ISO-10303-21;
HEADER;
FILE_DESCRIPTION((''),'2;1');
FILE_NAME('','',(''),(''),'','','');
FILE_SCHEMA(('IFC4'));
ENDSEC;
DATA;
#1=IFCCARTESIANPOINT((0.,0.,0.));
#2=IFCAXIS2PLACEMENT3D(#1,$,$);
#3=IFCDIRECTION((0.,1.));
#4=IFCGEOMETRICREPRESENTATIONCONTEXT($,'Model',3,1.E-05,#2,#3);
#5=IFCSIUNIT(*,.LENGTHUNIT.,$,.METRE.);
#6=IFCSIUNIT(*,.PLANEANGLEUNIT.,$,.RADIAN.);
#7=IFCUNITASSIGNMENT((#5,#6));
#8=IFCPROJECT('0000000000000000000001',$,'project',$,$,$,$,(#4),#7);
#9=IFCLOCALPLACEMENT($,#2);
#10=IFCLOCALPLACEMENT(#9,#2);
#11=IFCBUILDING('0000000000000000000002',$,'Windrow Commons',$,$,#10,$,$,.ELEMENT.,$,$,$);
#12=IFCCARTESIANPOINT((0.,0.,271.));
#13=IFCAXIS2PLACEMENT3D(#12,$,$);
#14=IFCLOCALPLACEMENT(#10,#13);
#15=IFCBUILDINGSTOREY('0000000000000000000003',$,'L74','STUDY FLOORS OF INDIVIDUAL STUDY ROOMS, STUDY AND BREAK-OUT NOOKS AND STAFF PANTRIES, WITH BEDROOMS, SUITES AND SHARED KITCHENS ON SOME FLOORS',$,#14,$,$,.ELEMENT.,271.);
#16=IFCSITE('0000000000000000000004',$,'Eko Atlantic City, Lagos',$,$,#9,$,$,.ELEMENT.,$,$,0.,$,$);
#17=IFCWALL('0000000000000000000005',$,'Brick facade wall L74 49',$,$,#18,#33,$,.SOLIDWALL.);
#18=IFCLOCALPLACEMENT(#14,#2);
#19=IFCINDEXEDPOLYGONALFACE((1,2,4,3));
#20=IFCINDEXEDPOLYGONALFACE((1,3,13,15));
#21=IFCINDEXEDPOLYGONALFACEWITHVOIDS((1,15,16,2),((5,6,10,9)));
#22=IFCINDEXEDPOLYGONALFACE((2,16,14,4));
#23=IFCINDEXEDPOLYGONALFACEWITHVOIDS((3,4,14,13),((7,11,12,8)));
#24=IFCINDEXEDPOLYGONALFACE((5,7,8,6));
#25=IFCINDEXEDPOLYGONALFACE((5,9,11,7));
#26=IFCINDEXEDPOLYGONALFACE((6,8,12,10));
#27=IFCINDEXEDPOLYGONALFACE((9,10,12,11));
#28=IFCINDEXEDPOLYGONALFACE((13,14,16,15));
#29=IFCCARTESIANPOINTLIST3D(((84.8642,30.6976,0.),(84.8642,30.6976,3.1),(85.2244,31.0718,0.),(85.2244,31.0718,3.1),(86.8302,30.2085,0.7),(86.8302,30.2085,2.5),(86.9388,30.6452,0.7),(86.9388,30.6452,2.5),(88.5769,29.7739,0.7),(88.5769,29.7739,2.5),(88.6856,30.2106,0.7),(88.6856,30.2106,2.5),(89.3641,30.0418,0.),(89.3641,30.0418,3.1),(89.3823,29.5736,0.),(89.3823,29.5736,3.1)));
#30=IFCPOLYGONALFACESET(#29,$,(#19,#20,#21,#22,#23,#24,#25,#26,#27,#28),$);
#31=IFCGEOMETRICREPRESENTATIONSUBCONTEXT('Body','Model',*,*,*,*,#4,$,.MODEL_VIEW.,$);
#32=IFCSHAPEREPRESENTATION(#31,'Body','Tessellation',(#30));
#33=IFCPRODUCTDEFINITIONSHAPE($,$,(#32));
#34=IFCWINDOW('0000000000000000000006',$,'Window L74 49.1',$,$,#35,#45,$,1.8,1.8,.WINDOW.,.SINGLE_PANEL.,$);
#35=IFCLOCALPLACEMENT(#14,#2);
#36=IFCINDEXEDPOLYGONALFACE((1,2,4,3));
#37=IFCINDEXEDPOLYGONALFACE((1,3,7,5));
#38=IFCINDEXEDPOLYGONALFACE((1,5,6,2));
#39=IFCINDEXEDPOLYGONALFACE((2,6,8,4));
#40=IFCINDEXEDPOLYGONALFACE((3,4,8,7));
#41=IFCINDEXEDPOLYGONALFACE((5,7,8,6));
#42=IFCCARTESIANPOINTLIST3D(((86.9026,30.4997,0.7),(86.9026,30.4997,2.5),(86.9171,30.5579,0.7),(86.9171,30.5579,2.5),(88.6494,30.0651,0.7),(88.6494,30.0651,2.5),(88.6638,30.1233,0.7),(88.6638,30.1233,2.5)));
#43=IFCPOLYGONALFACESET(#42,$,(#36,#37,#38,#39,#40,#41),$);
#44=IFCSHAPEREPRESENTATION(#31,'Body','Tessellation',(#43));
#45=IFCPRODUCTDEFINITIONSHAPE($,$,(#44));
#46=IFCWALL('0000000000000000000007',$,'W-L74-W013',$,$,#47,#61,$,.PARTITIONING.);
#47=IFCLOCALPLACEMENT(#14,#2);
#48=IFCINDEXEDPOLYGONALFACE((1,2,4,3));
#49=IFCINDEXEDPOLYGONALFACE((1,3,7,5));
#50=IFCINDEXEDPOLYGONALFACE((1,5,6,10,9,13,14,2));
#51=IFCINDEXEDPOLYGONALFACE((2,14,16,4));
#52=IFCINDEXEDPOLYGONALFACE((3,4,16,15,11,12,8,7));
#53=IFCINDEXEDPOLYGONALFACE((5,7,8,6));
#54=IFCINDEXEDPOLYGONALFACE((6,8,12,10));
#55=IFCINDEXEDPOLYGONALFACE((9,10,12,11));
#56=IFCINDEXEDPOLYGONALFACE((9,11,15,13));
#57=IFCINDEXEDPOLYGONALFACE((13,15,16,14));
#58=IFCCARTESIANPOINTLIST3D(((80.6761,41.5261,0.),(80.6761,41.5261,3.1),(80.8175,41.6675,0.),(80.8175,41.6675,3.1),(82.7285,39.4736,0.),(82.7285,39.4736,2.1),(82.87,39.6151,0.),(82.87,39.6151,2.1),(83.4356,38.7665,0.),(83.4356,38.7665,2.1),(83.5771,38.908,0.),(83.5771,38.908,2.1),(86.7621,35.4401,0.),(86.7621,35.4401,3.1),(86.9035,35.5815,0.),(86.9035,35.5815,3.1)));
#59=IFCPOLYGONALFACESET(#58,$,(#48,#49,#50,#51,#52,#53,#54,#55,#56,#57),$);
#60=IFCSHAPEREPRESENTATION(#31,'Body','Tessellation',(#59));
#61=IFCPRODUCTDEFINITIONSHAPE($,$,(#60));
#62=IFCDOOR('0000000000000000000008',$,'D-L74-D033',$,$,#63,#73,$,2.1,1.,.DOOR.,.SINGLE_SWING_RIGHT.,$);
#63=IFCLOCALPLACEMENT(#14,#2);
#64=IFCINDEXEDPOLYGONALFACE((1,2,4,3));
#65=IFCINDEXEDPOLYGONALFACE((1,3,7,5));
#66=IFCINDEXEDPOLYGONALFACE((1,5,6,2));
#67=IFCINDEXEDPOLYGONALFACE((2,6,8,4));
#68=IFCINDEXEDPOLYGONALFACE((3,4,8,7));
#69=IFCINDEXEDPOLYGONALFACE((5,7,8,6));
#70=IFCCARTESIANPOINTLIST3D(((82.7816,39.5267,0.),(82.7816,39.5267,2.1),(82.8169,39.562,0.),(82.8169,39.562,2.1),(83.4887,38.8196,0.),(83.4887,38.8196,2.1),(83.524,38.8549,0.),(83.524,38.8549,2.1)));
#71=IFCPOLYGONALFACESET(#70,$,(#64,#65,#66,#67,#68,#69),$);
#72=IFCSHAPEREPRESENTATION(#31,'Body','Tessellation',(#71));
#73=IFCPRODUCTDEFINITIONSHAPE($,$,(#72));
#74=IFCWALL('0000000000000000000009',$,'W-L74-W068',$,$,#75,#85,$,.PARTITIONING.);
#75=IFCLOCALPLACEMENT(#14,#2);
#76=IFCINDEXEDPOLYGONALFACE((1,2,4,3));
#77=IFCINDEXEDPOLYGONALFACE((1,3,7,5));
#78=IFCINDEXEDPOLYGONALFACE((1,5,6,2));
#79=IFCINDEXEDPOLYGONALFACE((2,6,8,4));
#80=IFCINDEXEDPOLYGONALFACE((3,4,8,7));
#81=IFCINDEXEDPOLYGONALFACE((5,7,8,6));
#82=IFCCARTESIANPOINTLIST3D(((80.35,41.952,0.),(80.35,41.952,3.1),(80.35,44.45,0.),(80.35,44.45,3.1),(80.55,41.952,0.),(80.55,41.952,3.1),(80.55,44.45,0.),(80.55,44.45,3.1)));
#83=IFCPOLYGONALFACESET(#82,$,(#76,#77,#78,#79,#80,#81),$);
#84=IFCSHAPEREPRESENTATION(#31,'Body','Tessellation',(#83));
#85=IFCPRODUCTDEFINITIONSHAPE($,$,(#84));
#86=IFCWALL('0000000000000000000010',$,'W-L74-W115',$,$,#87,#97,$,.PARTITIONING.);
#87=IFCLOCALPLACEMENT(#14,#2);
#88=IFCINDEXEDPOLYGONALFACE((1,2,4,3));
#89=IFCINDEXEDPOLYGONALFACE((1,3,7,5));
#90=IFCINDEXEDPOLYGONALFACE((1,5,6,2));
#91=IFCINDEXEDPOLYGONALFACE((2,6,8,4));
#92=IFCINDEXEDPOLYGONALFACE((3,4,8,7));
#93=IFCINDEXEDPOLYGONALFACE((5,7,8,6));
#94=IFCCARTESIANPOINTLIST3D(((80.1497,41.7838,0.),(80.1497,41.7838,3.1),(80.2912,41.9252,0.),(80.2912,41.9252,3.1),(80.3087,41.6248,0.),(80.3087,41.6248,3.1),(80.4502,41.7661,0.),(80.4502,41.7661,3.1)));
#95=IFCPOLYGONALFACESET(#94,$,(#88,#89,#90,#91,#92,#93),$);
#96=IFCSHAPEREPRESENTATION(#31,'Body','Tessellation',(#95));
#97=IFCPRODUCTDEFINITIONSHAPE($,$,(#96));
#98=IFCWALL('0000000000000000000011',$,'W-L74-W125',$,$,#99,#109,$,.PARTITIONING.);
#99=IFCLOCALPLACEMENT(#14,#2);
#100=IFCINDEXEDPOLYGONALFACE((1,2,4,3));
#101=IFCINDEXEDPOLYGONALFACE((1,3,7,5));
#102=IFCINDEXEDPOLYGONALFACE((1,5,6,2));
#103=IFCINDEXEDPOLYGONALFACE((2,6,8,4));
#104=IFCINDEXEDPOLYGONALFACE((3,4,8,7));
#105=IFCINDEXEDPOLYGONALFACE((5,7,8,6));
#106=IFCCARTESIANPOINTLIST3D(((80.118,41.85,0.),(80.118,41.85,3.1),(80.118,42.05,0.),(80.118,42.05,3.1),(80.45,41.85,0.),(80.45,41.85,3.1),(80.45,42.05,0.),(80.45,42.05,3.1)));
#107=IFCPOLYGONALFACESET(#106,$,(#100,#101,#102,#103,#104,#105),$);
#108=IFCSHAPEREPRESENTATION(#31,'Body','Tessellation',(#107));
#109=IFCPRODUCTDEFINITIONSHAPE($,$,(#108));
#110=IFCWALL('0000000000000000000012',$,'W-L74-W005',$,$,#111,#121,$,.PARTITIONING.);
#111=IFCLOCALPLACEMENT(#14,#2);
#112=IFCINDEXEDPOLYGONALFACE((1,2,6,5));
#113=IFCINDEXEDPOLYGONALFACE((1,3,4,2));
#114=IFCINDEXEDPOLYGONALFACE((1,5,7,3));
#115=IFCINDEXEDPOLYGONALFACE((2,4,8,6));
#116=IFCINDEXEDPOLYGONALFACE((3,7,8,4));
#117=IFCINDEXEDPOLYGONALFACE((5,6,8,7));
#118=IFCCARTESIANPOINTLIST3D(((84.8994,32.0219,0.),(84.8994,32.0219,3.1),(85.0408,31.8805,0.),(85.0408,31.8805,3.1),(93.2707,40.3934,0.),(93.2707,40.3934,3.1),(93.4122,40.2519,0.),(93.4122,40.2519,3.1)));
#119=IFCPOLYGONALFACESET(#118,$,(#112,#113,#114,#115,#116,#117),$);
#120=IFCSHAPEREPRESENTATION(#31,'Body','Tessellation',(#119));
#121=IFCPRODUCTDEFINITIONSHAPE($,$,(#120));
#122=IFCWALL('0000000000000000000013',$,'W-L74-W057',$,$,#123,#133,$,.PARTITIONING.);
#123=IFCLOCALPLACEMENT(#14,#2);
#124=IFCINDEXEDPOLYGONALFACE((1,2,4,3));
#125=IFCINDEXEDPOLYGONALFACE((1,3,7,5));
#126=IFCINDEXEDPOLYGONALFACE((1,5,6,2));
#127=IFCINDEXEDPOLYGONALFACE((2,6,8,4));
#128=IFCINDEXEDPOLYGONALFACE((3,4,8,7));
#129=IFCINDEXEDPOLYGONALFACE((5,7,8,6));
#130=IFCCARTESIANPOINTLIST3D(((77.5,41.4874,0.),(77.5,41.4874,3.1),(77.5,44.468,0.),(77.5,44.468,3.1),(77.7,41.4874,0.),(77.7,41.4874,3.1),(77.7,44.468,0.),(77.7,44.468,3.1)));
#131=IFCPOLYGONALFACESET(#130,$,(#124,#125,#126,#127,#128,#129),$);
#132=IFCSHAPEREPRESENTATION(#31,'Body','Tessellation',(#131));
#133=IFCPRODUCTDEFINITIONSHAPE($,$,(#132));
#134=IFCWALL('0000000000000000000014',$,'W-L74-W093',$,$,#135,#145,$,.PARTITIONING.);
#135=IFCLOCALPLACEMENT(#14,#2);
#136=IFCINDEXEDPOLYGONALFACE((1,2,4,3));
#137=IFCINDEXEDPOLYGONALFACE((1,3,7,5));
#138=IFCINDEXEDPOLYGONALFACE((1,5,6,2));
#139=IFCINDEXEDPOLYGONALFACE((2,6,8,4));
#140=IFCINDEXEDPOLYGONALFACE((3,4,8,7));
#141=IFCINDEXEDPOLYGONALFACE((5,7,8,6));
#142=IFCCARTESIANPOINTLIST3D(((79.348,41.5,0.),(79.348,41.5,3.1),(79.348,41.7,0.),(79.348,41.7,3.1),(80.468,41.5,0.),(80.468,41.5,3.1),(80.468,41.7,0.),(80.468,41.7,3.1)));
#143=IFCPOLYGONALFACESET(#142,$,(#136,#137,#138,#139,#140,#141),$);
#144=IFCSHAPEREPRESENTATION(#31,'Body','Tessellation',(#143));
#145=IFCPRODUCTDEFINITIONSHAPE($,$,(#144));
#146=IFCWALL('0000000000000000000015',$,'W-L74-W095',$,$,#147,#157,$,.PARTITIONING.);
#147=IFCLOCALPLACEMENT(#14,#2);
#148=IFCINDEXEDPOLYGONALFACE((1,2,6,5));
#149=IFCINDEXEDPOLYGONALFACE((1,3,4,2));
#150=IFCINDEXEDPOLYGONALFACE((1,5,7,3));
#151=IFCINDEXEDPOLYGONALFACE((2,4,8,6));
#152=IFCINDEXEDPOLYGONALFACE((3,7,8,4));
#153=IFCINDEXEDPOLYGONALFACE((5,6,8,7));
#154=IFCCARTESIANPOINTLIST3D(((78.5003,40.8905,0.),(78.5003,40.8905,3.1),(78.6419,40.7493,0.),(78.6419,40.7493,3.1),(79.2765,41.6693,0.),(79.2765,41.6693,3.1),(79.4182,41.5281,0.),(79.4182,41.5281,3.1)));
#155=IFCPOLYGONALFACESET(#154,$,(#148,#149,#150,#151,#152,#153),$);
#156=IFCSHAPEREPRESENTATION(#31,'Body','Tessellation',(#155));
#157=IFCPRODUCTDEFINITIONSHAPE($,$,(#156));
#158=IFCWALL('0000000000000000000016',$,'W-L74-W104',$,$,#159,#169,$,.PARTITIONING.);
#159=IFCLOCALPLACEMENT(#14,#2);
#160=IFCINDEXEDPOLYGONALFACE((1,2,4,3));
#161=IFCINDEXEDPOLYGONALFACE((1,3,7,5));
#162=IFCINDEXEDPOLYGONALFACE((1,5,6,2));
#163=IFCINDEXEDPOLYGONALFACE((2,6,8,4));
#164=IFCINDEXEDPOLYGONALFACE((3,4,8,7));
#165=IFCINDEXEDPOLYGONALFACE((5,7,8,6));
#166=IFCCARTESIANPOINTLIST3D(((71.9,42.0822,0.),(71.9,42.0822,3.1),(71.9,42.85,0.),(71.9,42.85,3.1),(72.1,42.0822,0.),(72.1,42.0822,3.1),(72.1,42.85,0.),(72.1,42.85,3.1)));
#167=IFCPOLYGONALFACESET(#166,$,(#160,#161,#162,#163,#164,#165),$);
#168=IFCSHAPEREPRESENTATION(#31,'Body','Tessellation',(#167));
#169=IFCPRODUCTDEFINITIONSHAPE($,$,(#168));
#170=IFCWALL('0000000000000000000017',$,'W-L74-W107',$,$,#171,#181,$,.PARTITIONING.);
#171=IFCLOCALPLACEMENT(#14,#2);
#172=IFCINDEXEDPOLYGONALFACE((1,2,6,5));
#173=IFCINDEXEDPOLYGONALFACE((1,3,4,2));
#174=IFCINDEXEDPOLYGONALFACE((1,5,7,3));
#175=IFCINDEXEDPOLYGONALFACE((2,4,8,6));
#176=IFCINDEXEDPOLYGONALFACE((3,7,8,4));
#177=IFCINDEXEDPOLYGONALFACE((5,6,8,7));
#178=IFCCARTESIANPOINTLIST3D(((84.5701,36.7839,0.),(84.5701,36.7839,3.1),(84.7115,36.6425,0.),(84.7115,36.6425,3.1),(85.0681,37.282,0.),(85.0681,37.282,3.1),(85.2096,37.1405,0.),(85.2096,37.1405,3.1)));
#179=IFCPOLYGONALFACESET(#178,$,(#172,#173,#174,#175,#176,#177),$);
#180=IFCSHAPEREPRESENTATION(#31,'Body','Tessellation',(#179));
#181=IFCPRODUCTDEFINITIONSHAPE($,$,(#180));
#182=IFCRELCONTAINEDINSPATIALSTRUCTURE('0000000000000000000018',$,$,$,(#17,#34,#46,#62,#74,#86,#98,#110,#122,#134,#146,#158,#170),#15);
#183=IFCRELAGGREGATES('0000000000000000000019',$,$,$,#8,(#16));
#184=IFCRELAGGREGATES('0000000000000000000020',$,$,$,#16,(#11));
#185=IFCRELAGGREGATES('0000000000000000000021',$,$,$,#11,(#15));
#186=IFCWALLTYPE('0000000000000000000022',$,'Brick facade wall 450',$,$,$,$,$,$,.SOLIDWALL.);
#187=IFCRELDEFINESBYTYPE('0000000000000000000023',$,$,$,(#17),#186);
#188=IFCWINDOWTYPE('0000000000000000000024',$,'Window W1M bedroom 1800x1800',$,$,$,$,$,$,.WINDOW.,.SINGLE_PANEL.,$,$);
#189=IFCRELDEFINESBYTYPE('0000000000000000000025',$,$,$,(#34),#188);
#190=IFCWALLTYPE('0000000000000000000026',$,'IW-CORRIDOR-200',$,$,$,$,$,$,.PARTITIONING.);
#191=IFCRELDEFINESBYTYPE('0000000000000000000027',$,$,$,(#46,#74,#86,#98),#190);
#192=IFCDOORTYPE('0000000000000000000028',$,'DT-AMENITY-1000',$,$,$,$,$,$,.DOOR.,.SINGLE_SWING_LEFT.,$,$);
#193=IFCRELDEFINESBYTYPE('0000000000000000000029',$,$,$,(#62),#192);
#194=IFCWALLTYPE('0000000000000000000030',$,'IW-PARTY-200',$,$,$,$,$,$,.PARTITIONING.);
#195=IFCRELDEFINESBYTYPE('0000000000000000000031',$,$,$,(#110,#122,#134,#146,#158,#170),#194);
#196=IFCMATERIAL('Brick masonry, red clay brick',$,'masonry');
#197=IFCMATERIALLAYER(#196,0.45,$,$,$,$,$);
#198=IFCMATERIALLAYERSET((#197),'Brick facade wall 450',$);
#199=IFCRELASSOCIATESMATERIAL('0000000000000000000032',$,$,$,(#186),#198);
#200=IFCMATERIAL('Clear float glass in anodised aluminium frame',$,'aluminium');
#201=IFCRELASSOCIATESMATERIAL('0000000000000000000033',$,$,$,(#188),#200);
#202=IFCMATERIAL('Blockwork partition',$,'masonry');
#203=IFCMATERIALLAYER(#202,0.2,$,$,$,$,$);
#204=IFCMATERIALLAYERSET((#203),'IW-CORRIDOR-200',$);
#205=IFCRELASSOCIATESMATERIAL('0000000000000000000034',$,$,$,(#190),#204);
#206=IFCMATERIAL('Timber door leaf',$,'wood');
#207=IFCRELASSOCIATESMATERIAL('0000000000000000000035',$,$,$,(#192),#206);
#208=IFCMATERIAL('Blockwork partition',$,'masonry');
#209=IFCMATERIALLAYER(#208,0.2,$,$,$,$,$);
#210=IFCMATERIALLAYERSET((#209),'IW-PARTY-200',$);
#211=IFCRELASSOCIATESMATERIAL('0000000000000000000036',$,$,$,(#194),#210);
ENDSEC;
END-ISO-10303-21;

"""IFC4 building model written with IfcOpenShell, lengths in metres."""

from ifc_helpers import new_model, si_unit, direction, frame, frame_2d, origin, place, context, subcontext, project, spatial, polyline, rectangle, outline, extrude, material, layer, layer_set, type_object, element, fill, save


model = new_model("IFC4")

# Units and contexts
model_context = context("Model", 3, precision=1e-05, world=origin(), true_north=direction((0.0, 1.0)))
body_context = subcontext(model_context, "Body", "Model", "MODEL_VIEW")
ifc_project = project(units=[si_unit("LENGTHUNIT", "METRE"), si_unit("PLANEANGLEUNIT", "RADIAN")], contexts=[model_context])

# Site, building, storey
site_placement = place(None, origin())
site = spatial("IfcSite", under=ifc_project, at=site_placement, Name="Eko Atlantic City, Lagos", CompositionType="ELEMENT", RefElevation=0.0)
building_placement = place(site_placement, origin())
building = spatial("IfcBuilding", under=site, at=building_placement, Name="Windrow Commons", CompositionType="ELEMENT")
storey_placement = place(building_placement, frame((0.0, 0.0, 271.0)))
storey = spatial("IfcBuildingStorey", under=building, at=storey_placement, Name="L74", Description="STUDY FLOORS OF INDIVIDUAL STUDY ROOMS, STUDY AND BREAK-OUT NOOKS AND STAFF PANTRIES, WITH BEDROOMS, SUITES AND SHARED KITCHENS ON SOME FLOORS", CompositionType="ELEMENT", Elevation=271.0)

# Wall, opening, window
ifc_material_1 = material(Name="Brick masonry, red clay brick", Category="masonry")
ifc_layer_1 = layer(ifc_material_1, 0.45)
ifc_layer_set_1 = layer_set([ifc_layer_1], Name="Brick facade wall 450")
wall_type_1 = type_object("IfcWallType", Name="Brick facade wall 450", PredefinedType="SOLIDWALL", material=ifc_layer_set_1)
ifc_material_2 = material(Name="Clear float glass in anodised aluminium frame", Category="aluminium")
window_type_1 = type_object("IfcWindowType", Name="Window W1M bedroom 1800x1800", PartitioningType="SINGLE_PANEL", PredefinedType="WINDOW", material=ifc_material_2)
wall_1_placement = place(storey_placement, frame((85.0443, 30.8847, 0.0), z_axis=(0.0, 0.0, 1.0), x_axis=(0.970417, -0.241433, 0.0)))
wall_1 = element("IfcWall", 1, at=wall_1_placement, inside=storey, type_object=wall_type_1, Name="Brick facade wall L74 49", PredefinedType="SOLIDWALL", context=body_context, shape_type="SweptSolid", body=[
    extrude(outline(polyline([(-0.1296, -0.225), (4.5262, -0.225), (4.3955, 0.225), (0.1296, 0.225), (-0.1296, -0.225)])), origin(), (0.0, 0.0, 1.0), 3.1),
])
opening_1_placement = place(wall_1_placement, frame((1.8963, 0.0, 0.7)))
opening_1 = element("IfcOpeningElement", 2, at=opening_1_placement, cuts=wall_1, PredefinedType="OPENING", context=body_context, shape_type="SweptSolid", body=[
    extrude(rectangle(XDim=1.8, YDim=1.8, at=frame_2d((0.9, 0.9))), frame((0.0, 0.235, 0.0), z_axis=(0.0, -1.0, 0.0), x_axis=(1.0, 0.0, 0.0)), (0.0, 0.0, 1.0), 0.47),
])
window_1_placement = place(opening_1_placement, origin())
window_1 = element("IfcWindow", 3, at=window_1_placement, inside=storey, type_object=window_type_1, Name="Window L74 49.1", OverallHeight=1.8, OverallWidth=1.8, PartitioningType="SINGLE_PANEL", PredefinedType="WINDOW", context=body_context, shape_type="SweptSolid", body=[
    extrude(rectangle(XDim=1.8, YDim=1.8, at=frame_2d((0.9, 0.9))), frame((0.0, 0.135, 0.0), z_axis=(0.0, -1.0, 0.0), x_axis=(1.0, 0.0, 0.0)), (0.0, 0.0, 1.0), 0.06),
])
fill(opening_1, window_1)

# Wall, opening, door
ifc_material_3 = material(Name="Blockwork partition", Category="masonry")
ifc_layer_2 = layer(ifc_material_3, 0.2)
ifc_layer_set_2 = layer_set([ifc_layer_2], Name="IW-CORRIDOR-200")
wall_type_2 = type_object("IfcWallType", Name="IW-CORRIDOR-200", PredefinedType="PARTITIONING", material=ifc_layer_set_2)
wall_2_placement = place(storey_placement, frame((80.7468, 41.5968, 0.0), z_axis=(0.0, 0.0, 1.0), x_axis=(0.707107, -0.707107, 0.0)))
wall_2 = element("IfcWall", 4, at=wall_2_placement, inside=storey, type_object=wall_type_2, Name="W-L74-W013", PredefinedType="PARTITIONING", context=body_context, shape_type="SweptSolid", body=[
    extrude(rectangle(XDim=8.6069, YDim=0.2, at=frame_2d((4.3034, 0.0))), origin(), (0.0, 0.0, 1.0), 3.1),
])
opening_2_placement = place(wall_2_placement, frame((2.9026, 0.0, 0.0)))
opening_2 = element("IfcOpeningElement", 5, at=opening_2_placement, cuts=wall_2, PredefinedType="OPENING", context=body_context, shape_type="SweptSolid", body=[
    extrude(rectangle(XDim=1.0, YDim=2.1, at=frame_2d((0.5, 1.05))), frame((0.0, 0.11, 0.0), z_axis=(0.0, -1.0, 0.0), x_axis=(1.0, 0.0, 0.0)), (0.0, 0.0, 1.0), 0.22),
])
ifc_material_4 = material(Name="Timber door leaf", Category="wood")
door_type = type_object("IfcDoorType", Name="DT-AMENITY-1000", OperationType="SINGLE_SWING_LEFT", PredefinedType="DOOR", material=ifc_material_4)
door_placement = place(opening_2_placement, origin())
door = element("IfcDoor", 6, at=door_placement, inside=storey, type_object=door_type, Name="D-L74-D033", OperationType="SINGLE_SWING_RIGHT", OverallHeight=2.1, OverallWidth=1.0, PredefinedType="DOOR", context=body_context, shape_type="SweptSolid", body=[
    extrude(rectangle(XDim=1.0, YDim=2.1, at=frame_2d((0.5, 1.05))), frame((0.0, 0.025, 0.0), z_axis=(0.0, -1.0, 0.0), x_axis=(1.0, 0.0, 0.0)), (0.0, 0.0, 1.0), 0.05),
])
fill(opening_2, door)

# Walls
wall_3_placement = place(storey_placement, frame((80.45, 41.952, 0.0), z_axis=(0.0, 0.0, 1.0), x_axis=(0.0, 1.0, 0.0)))
element("IfcWall", 7, at=wall_3_placement, inside=storey, type_object=wall_type_2, Name="W-L74-W068", PredefinedType="PARTITIONING", context=body_context, shape_type="SweptSolid", body=[
    extrude(rectangle(XDim=2.498, YDim=0.2, at=frame_2d((1.249, 0.0))), origin(), (0.0, 0.0, 1.0), 3.1),
])
wall_4_placement = place(storey_placement, frame((80.2205, 41.8545, 0.0), z_axis=(0.0, 0.0, 1.0), x_axis=(0.706884, -0.707329, 0.0)))
element("IfcWall", 8, at=wall_4_placement, inside=storey, type_object=wall_type_2, Name="W-L74-W115", PredefinedType="PARTITIONING", context=body_context, shape_type="SweptSolid", body=[
    extrude(rectangle(XDim=0.2249, YDim=0.2, at=frame_2d((0.1124, 0.0))), origin(), (0.0, 0.0, 1.0), 3.1),
])
wall_5_placement = place(storey_placement, frame((80.118, 41.95, 0.0), z_axis=(0.0, 0.0, 1.0), x_axis=(1.0, 0.0, 0.0)))
element("IfcWall", 9, at=wall_5_placement, inside=storey, type_object=wall_type_2, Name="W-L74-W125", PredefinedType="PARTITIONING", context=body_context, shape_type="SweptSolid", body=[
    extrude(rectangle(XDim=0.332, YDim=0.2, at=frame_2d((0.166, 0.0))), origin(), (0.0, 0.0, 1.0), 3.1),
])
ifc_material_5 = material(Name="Blockwork partition", Category="masonry")
ifc_layer_3 = layer(ifc_material_5, 0.2)
ifc_layer_set_3 = layer_set([ifc_layer_3], Name="IW-PARTY-200")
wall_type_3 = type_object("IfcWallType", Name="IW-PARTY-200", PredefinedType="PARTITIONING", material=ifc_layer_set_3)
wall_6_placement = place(storey_placement, frame((84.9701, 31.9512, 0.0), z_axis=(0.0, 0.0, 1.0), x_axis=(0.707103, 0.707111, 0.0)))
element("IfcWall", 10, at=wall_6_placement, inside=storey, type_object=wall_type_3, Name="W-L74-W005", PredefinedType="PARTITIONING", context=body_context, shape_type="SweptSolid", body=[
    extrude(rectangle(XDim=11.8389, YDim=0.2, at=frame_2d((5.9195, 0.0))), origin(), (0.0, 0.0, 1.0), 3.1),
])
wall_7_placement = place(storey_placement, frame((77.6, 41.4874, 0.0), z_axis=(0.0, 0.0, 1.0), x_axis=(0.0, 1.0, 0.0)))
element("IfcWall", 11, at=wall_7_placement, inside=storey, type_object=wall_type_3, Name="W-L74-W057", PredefinedType="PARTITIONING", context=body_context, shape_type="SweptSolid", body=[
    extrude(rectangle(XDim=2.9806, YDim=0.2, at=frame_2d((1.4903, 0.0))), origin(), (0.0, 0.0, 1.0), 3.1),
])
wall_8_placement = place(storey_placement, frame((79.348, 41.6, 0.0), z_axis=(0.0, 0.0, 1.0), x_axis=(1.0, 0.0, 0.0)))
element("IfcWall", 12, at=wall_8_placement, inside=storey, type_object=wall_type_3, Name="W-L74-W093", PredefinedType="PARTITIONING", context=body_context, shape_type="SweptSolid", body=[
    extrude(rectangle(XDim=1.12, YDim=0.2, at=frame_2d((0.56, 0.0))), origin(), (0.0, 0.0, 1.0), 3.1),
])
wall_9_placement = place(storey_placement, frame((78.5711, 40.8199, 0.0), z_axis=(0.0, 0.0, 1.0), x_axis=(0.705923, 0.708288, 0.0)))
element("IfcWall", 13, at=wall_9_placement, inside=storey, type_object=wall_type_3, Name="W-L74-W095", PredefinedType="PARTITIONING", context=body_context, shape_type="SweptSolid", body=[
    extrude(rectangle(XDim=1.0996, YDim=0.2, at=frame_2d((0.5498, 0.0))), origin(), (0.0, 0.0, 1.0), 3.1),
])
wall_10_placement = place(storey_placement, frame((72.0, 42.0821, 0.0), z_axis=(0.0, 0.0, 1.0), x_axis=(0.0, 1.0, 0.0)))
element("IfcWall", 14, at=wall_10_placement, inside=storey, type_object=wall_type_3, Name="W-L74-W104", PredefinedType="PARTITIONING", context=body_context, shape_type="SweptSolid", body=[
    extrude(rectangle(XDim=0.7679, YDim=0.2, at=frame_2d((0.384, 0.0))), origin(), (0.0, 0.0, 1.0), 3.1),
])
wall_11_placement = place(storey_placement, frame((84.6408, 36.7132, 0.0), z_axis=(0.0, 0.0, 1.0), x_axis=(0.707107, 0.707107, 0.0)))
element("IfcWall", 15, at=wall_11_placement, inside=storey, type_object=wall_type_3, Name="W-L74-W107", PredefinedType="PARTITIONING", context=body_context, shape_type="SweptSolid", body=[
    extrude(rectangle(XDim=0.7043, YDim=0.2, at=frame_2d((0.3522, 0.0))), origin(), (0.0, 0.0, 1.0), 3.1),
])

save(model, "model.ifc")
